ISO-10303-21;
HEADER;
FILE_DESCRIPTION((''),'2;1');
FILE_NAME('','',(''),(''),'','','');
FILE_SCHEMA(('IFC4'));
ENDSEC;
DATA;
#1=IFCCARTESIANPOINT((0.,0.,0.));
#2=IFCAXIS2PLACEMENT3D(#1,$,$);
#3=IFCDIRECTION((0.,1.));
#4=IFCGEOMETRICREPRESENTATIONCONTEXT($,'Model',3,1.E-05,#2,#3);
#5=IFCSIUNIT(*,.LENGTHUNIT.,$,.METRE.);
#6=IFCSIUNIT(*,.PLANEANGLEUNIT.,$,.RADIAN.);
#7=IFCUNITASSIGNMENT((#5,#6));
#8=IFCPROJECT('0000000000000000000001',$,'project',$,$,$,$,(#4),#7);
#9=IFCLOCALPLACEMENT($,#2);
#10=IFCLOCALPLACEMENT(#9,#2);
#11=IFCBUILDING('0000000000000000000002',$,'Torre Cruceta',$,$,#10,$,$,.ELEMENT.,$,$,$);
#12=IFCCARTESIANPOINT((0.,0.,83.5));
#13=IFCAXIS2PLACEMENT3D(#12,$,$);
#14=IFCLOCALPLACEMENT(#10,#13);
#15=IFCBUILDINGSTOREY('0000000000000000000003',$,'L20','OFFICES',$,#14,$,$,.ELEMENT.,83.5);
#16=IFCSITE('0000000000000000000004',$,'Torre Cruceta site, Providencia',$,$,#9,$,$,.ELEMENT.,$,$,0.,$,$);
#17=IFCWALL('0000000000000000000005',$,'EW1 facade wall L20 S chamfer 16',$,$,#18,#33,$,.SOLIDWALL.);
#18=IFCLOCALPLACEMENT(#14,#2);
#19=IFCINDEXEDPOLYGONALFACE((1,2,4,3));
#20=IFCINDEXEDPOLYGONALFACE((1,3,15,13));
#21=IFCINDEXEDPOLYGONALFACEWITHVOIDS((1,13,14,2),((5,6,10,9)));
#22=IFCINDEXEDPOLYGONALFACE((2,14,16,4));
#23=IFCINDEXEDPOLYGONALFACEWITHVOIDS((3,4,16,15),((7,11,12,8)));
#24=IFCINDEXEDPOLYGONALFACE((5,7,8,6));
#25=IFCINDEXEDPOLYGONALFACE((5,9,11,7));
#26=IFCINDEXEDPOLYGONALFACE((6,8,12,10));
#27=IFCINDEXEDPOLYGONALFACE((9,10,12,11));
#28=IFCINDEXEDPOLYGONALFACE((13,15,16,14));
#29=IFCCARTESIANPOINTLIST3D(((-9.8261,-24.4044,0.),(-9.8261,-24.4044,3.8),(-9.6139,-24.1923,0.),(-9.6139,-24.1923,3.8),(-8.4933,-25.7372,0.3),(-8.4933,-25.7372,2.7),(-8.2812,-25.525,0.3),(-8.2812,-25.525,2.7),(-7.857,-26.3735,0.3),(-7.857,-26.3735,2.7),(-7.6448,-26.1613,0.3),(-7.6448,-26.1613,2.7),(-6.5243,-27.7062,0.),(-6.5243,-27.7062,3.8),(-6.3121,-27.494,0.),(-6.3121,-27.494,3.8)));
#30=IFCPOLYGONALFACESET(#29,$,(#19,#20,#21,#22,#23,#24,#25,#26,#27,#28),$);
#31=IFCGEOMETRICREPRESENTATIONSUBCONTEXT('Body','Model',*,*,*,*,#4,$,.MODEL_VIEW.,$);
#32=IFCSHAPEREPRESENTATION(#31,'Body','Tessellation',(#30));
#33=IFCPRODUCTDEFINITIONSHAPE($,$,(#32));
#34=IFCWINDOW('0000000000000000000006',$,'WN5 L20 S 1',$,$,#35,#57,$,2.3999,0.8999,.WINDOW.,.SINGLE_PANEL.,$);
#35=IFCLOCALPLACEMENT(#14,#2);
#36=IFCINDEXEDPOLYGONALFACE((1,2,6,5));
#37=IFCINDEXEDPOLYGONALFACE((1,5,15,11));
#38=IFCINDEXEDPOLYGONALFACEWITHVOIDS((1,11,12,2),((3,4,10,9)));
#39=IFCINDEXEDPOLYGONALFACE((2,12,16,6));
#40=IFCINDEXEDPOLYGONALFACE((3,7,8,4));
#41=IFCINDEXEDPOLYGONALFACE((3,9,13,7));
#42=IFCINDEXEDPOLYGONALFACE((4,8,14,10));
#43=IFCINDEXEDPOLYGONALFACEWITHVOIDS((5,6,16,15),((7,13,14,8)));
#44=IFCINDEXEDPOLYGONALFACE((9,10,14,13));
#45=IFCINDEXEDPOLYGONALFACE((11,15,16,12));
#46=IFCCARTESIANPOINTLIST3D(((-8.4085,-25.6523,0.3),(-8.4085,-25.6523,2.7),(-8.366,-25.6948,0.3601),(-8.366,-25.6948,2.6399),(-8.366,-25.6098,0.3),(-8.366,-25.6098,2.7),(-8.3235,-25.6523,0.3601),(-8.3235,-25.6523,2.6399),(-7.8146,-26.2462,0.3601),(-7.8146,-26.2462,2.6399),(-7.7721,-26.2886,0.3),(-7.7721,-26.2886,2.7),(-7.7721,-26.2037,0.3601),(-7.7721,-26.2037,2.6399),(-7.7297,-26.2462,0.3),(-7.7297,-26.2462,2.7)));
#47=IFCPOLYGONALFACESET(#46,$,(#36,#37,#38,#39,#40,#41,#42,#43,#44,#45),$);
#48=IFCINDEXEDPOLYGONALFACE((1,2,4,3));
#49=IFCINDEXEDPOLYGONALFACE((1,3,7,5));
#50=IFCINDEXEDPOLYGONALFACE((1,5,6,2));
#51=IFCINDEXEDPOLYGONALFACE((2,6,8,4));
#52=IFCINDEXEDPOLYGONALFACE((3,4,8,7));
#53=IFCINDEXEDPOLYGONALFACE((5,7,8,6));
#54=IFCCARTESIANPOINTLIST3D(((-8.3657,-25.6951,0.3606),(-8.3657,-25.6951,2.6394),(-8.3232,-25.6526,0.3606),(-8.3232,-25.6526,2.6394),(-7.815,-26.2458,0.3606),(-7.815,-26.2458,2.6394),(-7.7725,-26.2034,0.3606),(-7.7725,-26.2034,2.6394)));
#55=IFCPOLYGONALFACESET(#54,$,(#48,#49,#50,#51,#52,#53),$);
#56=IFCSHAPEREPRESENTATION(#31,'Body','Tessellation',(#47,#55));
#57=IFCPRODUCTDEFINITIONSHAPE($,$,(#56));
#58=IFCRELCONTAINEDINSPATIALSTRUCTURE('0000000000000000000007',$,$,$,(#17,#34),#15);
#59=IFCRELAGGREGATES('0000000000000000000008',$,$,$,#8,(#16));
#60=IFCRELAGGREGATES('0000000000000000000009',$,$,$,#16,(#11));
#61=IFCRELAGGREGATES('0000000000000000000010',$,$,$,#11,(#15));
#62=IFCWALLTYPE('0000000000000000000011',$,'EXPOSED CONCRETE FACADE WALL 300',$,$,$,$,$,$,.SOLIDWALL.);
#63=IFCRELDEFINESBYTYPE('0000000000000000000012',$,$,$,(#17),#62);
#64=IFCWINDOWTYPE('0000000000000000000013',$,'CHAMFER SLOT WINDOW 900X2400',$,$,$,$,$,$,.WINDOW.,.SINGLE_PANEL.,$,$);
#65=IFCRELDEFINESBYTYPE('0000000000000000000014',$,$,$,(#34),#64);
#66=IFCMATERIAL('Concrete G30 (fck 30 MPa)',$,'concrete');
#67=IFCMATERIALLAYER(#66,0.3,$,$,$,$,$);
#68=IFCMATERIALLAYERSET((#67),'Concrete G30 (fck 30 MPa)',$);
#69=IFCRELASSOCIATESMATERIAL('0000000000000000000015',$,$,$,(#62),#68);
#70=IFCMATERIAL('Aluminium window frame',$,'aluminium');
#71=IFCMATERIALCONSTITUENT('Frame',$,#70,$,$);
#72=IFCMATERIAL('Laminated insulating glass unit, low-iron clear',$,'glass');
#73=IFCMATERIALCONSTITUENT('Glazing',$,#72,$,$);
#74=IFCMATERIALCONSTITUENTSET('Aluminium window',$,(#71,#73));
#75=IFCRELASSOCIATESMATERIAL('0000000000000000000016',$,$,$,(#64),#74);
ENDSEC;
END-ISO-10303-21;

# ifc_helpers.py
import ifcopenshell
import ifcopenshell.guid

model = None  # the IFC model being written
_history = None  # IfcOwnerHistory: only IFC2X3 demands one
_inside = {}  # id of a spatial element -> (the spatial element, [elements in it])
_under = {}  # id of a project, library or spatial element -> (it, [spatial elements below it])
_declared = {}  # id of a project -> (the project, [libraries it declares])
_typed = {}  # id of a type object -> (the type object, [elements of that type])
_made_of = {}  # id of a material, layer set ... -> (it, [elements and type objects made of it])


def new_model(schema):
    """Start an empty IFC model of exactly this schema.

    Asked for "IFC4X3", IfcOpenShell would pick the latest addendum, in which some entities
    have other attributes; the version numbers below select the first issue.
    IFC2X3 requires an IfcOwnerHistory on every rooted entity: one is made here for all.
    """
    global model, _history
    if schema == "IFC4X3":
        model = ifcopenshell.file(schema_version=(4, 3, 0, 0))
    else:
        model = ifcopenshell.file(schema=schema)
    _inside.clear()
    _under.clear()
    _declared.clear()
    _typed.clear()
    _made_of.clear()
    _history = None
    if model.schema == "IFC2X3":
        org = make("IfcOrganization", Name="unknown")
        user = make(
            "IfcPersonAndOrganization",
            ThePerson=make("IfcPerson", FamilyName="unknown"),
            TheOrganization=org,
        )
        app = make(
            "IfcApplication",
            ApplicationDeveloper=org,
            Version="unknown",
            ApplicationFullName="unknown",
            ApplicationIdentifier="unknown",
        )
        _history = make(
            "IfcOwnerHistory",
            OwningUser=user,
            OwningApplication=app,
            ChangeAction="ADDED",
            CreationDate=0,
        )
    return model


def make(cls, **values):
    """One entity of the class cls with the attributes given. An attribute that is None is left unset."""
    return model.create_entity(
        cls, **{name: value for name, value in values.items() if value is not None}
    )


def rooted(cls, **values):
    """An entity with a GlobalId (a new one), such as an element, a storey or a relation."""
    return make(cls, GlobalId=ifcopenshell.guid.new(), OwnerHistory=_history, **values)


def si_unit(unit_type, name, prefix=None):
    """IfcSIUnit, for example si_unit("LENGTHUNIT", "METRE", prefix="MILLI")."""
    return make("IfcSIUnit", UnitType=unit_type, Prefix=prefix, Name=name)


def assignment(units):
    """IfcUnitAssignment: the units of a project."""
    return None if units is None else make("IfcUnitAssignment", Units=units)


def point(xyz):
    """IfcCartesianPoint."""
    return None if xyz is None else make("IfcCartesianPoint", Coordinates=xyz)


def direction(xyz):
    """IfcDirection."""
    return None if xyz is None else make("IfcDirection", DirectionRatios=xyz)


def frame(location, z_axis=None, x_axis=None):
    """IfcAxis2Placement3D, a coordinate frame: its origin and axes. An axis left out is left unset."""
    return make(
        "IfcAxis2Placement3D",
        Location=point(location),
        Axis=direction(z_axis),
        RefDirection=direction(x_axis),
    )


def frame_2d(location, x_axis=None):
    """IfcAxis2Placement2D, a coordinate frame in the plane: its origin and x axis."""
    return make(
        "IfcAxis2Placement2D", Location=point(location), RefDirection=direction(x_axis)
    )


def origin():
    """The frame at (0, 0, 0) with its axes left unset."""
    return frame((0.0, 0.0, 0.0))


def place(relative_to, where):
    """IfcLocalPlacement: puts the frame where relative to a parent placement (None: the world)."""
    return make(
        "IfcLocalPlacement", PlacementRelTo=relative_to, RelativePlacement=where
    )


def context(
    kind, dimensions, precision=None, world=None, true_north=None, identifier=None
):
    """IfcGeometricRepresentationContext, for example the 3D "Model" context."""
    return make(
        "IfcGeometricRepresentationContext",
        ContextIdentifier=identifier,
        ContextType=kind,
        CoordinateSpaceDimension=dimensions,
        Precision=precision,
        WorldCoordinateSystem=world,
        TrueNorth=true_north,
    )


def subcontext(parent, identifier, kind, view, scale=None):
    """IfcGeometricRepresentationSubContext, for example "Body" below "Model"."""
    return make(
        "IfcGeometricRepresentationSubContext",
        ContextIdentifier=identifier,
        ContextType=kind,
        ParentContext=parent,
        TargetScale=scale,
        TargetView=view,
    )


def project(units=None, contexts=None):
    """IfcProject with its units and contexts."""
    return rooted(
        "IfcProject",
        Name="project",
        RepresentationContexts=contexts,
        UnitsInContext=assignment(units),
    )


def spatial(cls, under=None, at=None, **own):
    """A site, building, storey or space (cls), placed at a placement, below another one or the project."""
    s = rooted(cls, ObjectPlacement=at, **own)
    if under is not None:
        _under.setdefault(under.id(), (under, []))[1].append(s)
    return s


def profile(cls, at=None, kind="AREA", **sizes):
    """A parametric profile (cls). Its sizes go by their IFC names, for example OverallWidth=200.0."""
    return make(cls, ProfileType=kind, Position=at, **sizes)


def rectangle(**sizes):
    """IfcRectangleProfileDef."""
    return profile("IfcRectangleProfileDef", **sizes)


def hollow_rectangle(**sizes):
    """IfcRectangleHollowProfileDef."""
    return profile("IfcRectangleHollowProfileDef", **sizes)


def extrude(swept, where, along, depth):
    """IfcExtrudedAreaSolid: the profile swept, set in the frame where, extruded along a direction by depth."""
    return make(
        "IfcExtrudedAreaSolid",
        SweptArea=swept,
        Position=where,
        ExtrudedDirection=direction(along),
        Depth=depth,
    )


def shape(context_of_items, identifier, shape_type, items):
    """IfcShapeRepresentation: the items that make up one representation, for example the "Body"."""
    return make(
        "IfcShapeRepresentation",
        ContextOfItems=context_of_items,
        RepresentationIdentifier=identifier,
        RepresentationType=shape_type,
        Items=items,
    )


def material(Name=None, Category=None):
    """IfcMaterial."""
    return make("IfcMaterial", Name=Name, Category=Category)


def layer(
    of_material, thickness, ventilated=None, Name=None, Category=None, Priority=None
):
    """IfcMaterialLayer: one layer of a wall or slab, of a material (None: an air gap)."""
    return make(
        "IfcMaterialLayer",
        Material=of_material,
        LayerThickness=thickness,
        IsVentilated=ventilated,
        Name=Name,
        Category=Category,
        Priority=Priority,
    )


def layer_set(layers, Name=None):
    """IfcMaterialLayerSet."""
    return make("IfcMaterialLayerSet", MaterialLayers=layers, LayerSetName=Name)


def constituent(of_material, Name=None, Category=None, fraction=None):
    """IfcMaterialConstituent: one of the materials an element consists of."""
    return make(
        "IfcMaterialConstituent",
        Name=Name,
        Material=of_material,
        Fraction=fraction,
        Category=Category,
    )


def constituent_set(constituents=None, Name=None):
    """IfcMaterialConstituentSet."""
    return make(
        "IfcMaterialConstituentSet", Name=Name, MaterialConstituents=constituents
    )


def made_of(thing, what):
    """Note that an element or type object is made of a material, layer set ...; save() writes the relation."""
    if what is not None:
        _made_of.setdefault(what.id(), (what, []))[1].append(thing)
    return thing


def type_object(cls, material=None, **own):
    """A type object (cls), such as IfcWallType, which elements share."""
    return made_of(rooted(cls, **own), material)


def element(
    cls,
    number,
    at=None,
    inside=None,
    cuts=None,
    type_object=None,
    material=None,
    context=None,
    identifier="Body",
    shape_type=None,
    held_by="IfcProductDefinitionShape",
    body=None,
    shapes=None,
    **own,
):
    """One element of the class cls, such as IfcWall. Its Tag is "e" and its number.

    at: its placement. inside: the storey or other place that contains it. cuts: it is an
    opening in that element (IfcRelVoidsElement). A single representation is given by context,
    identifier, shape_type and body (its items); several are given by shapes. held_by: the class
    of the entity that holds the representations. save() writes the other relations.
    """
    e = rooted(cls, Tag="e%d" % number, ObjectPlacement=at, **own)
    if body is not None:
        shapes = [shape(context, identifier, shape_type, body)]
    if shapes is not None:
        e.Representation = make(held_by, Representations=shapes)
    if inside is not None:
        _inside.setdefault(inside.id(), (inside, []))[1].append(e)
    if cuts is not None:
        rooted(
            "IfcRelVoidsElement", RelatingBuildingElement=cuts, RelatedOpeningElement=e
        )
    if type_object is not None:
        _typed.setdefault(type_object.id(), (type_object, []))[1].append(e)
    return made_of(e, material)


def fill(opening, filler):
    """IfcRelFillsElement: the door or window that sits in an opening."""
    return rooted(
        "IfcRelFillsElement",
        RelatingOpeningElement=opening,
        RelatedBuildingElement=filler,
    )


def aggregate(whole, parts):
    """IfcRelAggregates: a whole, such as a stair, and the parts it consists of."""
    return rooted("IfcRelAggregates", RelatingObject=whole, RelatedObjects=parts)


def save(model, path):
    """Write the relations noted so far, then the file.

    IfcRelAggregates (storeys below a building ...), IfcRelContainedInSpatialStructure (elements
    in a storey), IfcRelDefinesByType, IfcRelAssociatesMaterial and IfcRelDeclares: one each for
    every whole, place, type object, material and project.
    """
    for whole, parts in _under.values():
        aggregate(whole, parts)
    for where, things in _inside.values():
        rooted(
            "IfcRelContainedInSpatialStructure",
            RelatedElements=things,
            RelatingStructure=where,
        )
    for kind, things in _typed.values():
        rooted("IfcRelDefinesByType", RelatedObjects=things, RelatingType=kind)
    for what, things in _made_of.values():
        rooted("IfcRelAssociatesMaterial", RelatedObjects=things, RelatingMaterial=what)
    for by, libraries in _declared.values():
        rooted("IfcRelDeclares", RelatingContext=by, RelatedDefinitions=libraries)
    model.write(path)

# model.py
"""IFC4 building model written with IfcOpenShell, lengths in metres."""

from ifc_helpers import new_model, si_unit, direction, frame, frame_2d, origin, place, context, subcontext, project, spatial, rectangle, hollow_rectangle, extrude, material, layer, layer_set, constituent, constituent_set, type_object, element, fill, save


model = new_model("IFC4")

# Units and contexts
model_context = context("Model", 3, precision=1e-05, world=origin(), true_north=direction((0.0, 1.0)))
body_context = subcontext(model_context, "Body", "Model", "MODEL_VIEW")
ifc_project = project(units=[si_unit("LENGTHUNIT", "METRE"), si_unit("PLANEANGLEUNIT", "RADIAN")], contexts=[model_context])

# Site, building, storey
site_placement = place(None, origin())
site = spatial("IfcSite", under=ifc_project, at=site_placement, Name="Torre Cruceta site, Providencia", CompositionType="ELEMENT", RefElevation=0.0)
building_placement = place(site_placement, origin())
building = spatial("IfcBuilding", under=site, at=building_placement, Name="Torre Cruceta", CompositionType="ELEMENT")
storey_placement = place(building_placement, frame((0.0, 0.0, 83.5)))
storey = spatial("IfcBuildingStorey", under=building, at=storey_placement, Name="L20", Description="OFFICES", CompositionType="ELEMENT", Elevation=83.5)

# Wall, opening, window
ifc_material_1 = material(Name="Concrete G30 (fck 30 MPa)", Category="concrete")
ifc_layer_1 = layer(ifc_material_1, 0.3)
ifc_layer_set_1 = layer_set([ifc_layer_1], Name="Concrete G30 (fck 30 MPa)")
wall_type = type_object("IfcWallType", Name="EXPOSED CONCRETE FACADE WALL 300", PredefinedType="SOLIDWALL", material=ifc_layer_set_1)
wall_placement = place(storey_placement, frame((-9.72, -24.2983, 0.0), z_axis=(0.0, 0.0, 1.0), x_axis=(0.707107, -0.707107, 0.0)))
wall = element("IfcWall", 1, at=wall_placement, inside=storey, type_object=wall_type, Name="EW1 facade wall L20 S chamfer 16", PredefinedType="SOLIDWALL", context=body_context, shape_type="SweptSolid", body=[
    extrude(rectangle(XDim=4.6694, YDim=0.3, at=frame_2d((2.3347, 0.0))), origin(), (0.0, 0.0, 1.0), 3.8),
])
opening_placement = place(wall_placement, frame((1.8848, 0.0, 0.3)))
opening = element("IfcOpeningElement", 2, at=opening_placement, cuts=wall, PredefinedType="OPENING", context=body_context, shape_type="SweptSolid", body=[
    extrude(rectangle(XDim=0.8999, YDim=2.3999, at=frame_2d((0.45, 1.2))), frame((0.0, 0.1599, 0.0), z_axis=(0.0, -1.0, 0.0), x_axis=(1.0, 0.0, 0.0)), (0.0, 0.0, 1.0), 0.3201),
])
ifc_material_2 = material(Name="Aluminium window frame", Category="aluminium")
ifc_constituent_1 = constituent(ifc_material_2, Name="Frame")
ifc_material_3 = material(Name="Laminated insulating glass unit, low-iron clear", Category="glass")
ifc_constituent_2 = constituent(ifc_material_3, Name="Glazing")
ifc_constituent_set = constituent_set(constituents=[ifc_constituent_1, ifc_constituent_2], Name="Aluminium window")
window_type = type_object("IfcWindowType", Name="CHAMFER SLOT WINDOW 900X2400", PartitioningType="SINGLE_PANEL", PredefinedType="WINDOW", material=ifc_constituent_set)
window_placement = place(opening_placement, origin())
window = element("IfcWindow", 3, at=window_placement, inside=storey, type_object=window_type, Name="WN5 L20 S 1", OverallHeight=2.3999, OverallWidth=0.8999, PartitioningType="SINGLE_PANEL", PredefinedType="WINDOW", context=body_context, shape_type="SweptSolid", body=[
    extrude(hollow_rectangle(XDim=0.8999, YDim=2.3999, WallThickness=0.0601, at=frame_2d((0.45, 1.2))), frame((0.0, 0.03, 0.0), z_axis=(0.0, -1.0, 0.0), x_axis=(1.0, 0.0, 0.0)), (0.0, 0.0, 1.0), 0.0601),
    extrude(rectangle(XDim=0.7788, YDim=2.2788, at=frame_2d((0.45, 1.2))), frame((0.0, 0.03, 0.0), z_axis=(0.0, -1.0, 0.0), x_axis=(1.0, 0.0, 0.0)), (0.0, 0.0, 1.0), 0.0601),
])
fill(opening, window)

save(model, "model.ifc")
